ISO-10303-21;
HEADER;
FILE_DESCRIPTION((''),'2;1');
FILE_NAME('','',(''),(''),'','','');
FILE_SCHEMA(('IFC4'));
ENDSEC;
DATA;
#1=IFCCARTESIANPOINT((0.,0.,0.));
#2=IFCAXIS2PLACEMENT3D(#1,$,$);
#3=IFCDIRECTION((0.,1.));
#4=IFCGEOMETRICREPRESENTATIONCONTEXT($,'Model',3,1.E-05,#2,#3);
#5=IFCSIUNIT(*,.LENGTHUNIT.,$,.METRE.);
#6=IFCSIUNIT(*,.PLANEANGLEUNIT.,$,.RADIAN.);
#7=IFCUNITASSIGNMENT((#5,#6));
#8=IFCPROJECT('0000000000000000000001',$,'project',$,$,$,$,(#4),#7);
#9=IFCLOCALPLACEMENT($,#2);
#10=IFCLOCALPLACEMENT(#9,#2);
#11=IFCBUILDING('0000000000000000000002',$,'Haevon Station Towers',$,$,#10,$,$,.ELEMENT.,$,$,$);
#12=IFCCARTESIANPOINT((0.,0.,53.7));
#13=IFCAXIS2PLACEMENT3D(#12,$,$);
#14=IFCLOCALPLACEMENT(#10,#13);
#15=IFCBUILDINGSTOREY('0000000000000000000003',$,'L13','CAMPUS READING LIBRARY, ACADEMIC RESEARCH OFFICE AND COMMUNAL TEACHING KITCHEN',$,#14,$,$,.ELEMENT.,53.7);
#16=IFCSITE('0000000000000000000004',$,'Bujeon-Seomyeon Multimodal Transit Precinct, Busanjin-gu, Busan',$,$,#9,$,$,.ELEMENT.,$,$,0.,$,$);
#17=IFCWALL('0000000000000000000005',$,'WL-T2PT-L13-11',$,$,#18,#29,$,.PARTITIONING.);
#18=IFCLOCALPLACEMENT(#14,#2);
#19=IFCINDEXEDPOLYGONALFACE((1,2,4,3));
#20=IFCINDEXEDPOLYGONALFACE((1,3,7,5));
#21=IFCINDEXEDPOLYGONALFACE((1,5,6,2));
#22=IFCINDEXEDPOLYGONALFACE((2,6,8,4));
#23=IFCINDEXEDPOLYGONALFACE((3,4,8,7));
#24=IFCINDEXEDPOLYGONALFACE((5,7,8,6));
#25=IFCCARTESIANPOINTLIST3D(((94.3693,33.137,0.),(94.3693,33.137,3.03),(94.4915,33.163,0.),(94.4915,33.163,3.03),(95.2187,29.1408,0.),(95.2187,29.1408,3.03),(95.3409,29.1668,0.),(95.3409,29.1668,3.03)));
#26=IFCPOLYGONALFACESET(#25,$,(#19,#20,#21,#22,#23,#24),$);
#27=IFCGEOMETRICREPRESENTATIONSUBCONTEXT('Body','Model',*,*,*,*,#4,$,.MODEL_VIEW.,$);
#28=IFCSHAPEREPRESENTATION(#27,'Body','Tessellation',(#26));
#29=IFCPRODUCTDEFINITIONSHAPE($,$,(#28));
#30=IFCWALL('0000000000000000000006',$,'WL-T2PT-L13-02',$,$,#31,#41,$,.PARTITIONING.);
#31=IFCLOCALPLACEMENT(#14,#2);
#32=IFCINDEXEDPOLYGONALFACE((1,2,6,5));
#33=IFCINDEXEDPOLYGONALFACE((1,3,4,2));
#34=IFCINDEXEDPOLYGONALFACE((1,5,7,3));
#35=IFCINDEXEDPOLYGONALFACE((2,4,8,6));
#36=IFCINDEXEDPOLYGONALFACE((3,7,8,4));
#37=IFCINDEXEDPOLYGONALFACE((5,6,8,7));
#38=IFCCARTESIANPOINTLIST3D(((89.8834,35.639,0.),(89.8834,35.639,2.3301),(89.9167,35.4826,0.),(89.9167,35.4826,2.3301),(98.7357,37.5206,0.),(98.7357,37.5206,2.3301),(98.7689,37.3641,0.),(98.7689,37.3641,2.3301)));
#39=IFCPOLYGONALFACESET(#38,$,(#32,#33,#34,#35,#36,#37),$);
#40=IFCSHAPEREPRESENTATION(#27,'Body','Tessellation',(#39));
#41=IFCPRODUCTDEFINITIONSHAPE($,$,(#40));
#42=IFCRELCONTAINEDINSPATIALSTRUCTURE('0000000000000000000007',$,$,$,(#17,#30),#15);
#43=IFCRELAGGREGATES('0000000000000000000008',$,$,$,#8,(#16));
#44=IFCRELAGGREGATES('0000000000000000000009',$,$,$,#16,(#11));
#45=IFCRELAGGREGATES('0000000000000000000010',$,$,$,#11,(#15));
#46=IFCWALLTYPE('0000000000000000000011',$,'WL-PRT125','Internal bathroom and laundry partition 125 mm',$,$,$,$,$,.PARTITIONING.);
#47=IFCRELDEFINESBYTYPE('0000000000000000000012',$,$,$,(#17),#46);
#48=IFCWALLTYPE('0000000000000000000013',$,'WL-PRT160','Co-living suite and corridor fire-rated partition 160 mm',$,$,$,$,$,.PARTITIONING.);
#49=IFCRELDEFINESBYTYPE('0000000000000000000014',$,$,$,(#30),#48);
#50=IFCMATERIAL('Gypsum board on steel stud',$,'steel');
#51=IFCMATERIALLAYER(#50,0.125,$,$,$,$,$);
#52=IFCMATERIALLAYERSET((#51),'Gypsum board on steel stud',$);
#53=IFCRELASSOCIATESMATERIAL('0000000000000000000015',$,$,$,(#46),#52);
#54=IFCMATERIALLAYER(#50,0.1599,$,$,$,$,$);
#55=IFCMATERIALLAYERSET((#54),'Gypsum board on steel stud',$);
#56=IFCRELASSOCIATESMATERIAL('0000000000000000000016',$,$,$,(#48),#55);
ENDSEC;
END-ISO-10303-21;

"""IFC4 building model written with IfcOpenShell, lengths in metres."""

from ifc_helpers import new_model, si_unit, direction, frame, frame_2d, origin, place, context, subcontext, project, spatial, rectangle, extrude, material, layer, layer_set, type_object, element, save


model = new_model("IFC4")

# Units and contexts
model_context = context("Model", 3, precision=1e-05, world=origin(), true_north=direction((0.0, 1.0)))
body_context = subcontext(model_context, "Body", "Model", "MODEL_VIEW")
ifc_project = project(units=[si_unit("LENGTHUNIT", "METRE"), si_unit("PLANEANGLEUNIT", "RADIAN")], contexts=[model_context])

# Site, building, storey
site_placement = place(None, origin())
site = spatial("IfcSite", under=ifc_project, at=site_placement, Name="Bujeon-Seomyeon Multimodal Transit Precinct, Busanjin-gu, Busan", CompositionType="ELEMENT", RefElevation=0.0)
building_placement = place(site_placement, origin())
building = spatial("IfcBuilding", under=site, at=building_placement, Name="Haevon Station Towers", CompositionType="ELEMENT")
storey_placement = place(building_placement, frame((0.0, 0.0, 53.7)))
storey = spatial("IfcBuildingStorey", under=building, at=storey_placement, Name="L13", Description="CAMPUS READING LIBRARY, ACADEMIC RESEARCH OFFICE AND COMMUNAL TEACHING KITCHEN", CompositionType="ELEMENT", Elevation=53.7)

# Walls
ifc_material_1 = material(Name="Gypsum board on steel stud", Category="steel")
ifc_layer_1 = layer(ifc_material_1, 0.125)
ifc_layer_set_1 = layer_set([ifc_layer_1], Name="Gypsum board on steel stud")
wall_type_1 = type_object("IfcWallType", Name="WL-PRT125", Description="Internal bathroom and laundry partition 125 mm", PredefinedType="PARTITIONING", material=ifc_layer_set_1)
wall_1_placement = place(storey_placement, frame((95.2798, 29.1538, 0.0), z_axis=(0.0, 0.0, 1.0), x_axis=(-0.207904, 0.978149, 0.0)))
element("IfcWall", 1, at=wall_1_placement, inside=storey, type_object=wall_type_1, Name="WL-T2PT-L13-11", PredefinedType="PARTITIONING", context=body_context, shape_type="SweptSolid", body=[
    extrude(rectangle(XDim=4.0854, YDim=0.125, at=frame_2d((2.0427, 0.0))), origin(), (0.0, 0.0, 1.0), 3.03),
])
ifc_layer_2 = layer(ifc_material_1, 0.1599)
ifc_layer_set_2 = layer_set([ifc_layer_2], Name="Gypsum board on steel stud")
wall_type_2 = type_object("IfcWallType", Name="WL-PRT160", Description="Co-living suite and corridor fire-rated partition 160 mm", PredefinedType="PARTITIONING", material=ifc_layer_set_2)
wall_2_placement = place(storey_placement, frame((89.9001, 35.5608, 0.0), z_axis=(0.0, 0.0, 1.0), x_axis=(0.978148, 0.207909, 0.0)))
element("IfcWall", 2, at=wall_2_placement, inside=storey, type_object=wall_type_2, Name="WL-T2PT-L13-02", PredefinedType="PARTITIONING", context=body_context, shape_type="SweptSolid", body=[
    extrude(rectangle(XDim=9.05, YDim=0.1599, at=frame_2d((4.5249, 0.0))), origin(), (0.0, 0.0, 1.0), 2.3301),
])

save(model, "model.ifc")
